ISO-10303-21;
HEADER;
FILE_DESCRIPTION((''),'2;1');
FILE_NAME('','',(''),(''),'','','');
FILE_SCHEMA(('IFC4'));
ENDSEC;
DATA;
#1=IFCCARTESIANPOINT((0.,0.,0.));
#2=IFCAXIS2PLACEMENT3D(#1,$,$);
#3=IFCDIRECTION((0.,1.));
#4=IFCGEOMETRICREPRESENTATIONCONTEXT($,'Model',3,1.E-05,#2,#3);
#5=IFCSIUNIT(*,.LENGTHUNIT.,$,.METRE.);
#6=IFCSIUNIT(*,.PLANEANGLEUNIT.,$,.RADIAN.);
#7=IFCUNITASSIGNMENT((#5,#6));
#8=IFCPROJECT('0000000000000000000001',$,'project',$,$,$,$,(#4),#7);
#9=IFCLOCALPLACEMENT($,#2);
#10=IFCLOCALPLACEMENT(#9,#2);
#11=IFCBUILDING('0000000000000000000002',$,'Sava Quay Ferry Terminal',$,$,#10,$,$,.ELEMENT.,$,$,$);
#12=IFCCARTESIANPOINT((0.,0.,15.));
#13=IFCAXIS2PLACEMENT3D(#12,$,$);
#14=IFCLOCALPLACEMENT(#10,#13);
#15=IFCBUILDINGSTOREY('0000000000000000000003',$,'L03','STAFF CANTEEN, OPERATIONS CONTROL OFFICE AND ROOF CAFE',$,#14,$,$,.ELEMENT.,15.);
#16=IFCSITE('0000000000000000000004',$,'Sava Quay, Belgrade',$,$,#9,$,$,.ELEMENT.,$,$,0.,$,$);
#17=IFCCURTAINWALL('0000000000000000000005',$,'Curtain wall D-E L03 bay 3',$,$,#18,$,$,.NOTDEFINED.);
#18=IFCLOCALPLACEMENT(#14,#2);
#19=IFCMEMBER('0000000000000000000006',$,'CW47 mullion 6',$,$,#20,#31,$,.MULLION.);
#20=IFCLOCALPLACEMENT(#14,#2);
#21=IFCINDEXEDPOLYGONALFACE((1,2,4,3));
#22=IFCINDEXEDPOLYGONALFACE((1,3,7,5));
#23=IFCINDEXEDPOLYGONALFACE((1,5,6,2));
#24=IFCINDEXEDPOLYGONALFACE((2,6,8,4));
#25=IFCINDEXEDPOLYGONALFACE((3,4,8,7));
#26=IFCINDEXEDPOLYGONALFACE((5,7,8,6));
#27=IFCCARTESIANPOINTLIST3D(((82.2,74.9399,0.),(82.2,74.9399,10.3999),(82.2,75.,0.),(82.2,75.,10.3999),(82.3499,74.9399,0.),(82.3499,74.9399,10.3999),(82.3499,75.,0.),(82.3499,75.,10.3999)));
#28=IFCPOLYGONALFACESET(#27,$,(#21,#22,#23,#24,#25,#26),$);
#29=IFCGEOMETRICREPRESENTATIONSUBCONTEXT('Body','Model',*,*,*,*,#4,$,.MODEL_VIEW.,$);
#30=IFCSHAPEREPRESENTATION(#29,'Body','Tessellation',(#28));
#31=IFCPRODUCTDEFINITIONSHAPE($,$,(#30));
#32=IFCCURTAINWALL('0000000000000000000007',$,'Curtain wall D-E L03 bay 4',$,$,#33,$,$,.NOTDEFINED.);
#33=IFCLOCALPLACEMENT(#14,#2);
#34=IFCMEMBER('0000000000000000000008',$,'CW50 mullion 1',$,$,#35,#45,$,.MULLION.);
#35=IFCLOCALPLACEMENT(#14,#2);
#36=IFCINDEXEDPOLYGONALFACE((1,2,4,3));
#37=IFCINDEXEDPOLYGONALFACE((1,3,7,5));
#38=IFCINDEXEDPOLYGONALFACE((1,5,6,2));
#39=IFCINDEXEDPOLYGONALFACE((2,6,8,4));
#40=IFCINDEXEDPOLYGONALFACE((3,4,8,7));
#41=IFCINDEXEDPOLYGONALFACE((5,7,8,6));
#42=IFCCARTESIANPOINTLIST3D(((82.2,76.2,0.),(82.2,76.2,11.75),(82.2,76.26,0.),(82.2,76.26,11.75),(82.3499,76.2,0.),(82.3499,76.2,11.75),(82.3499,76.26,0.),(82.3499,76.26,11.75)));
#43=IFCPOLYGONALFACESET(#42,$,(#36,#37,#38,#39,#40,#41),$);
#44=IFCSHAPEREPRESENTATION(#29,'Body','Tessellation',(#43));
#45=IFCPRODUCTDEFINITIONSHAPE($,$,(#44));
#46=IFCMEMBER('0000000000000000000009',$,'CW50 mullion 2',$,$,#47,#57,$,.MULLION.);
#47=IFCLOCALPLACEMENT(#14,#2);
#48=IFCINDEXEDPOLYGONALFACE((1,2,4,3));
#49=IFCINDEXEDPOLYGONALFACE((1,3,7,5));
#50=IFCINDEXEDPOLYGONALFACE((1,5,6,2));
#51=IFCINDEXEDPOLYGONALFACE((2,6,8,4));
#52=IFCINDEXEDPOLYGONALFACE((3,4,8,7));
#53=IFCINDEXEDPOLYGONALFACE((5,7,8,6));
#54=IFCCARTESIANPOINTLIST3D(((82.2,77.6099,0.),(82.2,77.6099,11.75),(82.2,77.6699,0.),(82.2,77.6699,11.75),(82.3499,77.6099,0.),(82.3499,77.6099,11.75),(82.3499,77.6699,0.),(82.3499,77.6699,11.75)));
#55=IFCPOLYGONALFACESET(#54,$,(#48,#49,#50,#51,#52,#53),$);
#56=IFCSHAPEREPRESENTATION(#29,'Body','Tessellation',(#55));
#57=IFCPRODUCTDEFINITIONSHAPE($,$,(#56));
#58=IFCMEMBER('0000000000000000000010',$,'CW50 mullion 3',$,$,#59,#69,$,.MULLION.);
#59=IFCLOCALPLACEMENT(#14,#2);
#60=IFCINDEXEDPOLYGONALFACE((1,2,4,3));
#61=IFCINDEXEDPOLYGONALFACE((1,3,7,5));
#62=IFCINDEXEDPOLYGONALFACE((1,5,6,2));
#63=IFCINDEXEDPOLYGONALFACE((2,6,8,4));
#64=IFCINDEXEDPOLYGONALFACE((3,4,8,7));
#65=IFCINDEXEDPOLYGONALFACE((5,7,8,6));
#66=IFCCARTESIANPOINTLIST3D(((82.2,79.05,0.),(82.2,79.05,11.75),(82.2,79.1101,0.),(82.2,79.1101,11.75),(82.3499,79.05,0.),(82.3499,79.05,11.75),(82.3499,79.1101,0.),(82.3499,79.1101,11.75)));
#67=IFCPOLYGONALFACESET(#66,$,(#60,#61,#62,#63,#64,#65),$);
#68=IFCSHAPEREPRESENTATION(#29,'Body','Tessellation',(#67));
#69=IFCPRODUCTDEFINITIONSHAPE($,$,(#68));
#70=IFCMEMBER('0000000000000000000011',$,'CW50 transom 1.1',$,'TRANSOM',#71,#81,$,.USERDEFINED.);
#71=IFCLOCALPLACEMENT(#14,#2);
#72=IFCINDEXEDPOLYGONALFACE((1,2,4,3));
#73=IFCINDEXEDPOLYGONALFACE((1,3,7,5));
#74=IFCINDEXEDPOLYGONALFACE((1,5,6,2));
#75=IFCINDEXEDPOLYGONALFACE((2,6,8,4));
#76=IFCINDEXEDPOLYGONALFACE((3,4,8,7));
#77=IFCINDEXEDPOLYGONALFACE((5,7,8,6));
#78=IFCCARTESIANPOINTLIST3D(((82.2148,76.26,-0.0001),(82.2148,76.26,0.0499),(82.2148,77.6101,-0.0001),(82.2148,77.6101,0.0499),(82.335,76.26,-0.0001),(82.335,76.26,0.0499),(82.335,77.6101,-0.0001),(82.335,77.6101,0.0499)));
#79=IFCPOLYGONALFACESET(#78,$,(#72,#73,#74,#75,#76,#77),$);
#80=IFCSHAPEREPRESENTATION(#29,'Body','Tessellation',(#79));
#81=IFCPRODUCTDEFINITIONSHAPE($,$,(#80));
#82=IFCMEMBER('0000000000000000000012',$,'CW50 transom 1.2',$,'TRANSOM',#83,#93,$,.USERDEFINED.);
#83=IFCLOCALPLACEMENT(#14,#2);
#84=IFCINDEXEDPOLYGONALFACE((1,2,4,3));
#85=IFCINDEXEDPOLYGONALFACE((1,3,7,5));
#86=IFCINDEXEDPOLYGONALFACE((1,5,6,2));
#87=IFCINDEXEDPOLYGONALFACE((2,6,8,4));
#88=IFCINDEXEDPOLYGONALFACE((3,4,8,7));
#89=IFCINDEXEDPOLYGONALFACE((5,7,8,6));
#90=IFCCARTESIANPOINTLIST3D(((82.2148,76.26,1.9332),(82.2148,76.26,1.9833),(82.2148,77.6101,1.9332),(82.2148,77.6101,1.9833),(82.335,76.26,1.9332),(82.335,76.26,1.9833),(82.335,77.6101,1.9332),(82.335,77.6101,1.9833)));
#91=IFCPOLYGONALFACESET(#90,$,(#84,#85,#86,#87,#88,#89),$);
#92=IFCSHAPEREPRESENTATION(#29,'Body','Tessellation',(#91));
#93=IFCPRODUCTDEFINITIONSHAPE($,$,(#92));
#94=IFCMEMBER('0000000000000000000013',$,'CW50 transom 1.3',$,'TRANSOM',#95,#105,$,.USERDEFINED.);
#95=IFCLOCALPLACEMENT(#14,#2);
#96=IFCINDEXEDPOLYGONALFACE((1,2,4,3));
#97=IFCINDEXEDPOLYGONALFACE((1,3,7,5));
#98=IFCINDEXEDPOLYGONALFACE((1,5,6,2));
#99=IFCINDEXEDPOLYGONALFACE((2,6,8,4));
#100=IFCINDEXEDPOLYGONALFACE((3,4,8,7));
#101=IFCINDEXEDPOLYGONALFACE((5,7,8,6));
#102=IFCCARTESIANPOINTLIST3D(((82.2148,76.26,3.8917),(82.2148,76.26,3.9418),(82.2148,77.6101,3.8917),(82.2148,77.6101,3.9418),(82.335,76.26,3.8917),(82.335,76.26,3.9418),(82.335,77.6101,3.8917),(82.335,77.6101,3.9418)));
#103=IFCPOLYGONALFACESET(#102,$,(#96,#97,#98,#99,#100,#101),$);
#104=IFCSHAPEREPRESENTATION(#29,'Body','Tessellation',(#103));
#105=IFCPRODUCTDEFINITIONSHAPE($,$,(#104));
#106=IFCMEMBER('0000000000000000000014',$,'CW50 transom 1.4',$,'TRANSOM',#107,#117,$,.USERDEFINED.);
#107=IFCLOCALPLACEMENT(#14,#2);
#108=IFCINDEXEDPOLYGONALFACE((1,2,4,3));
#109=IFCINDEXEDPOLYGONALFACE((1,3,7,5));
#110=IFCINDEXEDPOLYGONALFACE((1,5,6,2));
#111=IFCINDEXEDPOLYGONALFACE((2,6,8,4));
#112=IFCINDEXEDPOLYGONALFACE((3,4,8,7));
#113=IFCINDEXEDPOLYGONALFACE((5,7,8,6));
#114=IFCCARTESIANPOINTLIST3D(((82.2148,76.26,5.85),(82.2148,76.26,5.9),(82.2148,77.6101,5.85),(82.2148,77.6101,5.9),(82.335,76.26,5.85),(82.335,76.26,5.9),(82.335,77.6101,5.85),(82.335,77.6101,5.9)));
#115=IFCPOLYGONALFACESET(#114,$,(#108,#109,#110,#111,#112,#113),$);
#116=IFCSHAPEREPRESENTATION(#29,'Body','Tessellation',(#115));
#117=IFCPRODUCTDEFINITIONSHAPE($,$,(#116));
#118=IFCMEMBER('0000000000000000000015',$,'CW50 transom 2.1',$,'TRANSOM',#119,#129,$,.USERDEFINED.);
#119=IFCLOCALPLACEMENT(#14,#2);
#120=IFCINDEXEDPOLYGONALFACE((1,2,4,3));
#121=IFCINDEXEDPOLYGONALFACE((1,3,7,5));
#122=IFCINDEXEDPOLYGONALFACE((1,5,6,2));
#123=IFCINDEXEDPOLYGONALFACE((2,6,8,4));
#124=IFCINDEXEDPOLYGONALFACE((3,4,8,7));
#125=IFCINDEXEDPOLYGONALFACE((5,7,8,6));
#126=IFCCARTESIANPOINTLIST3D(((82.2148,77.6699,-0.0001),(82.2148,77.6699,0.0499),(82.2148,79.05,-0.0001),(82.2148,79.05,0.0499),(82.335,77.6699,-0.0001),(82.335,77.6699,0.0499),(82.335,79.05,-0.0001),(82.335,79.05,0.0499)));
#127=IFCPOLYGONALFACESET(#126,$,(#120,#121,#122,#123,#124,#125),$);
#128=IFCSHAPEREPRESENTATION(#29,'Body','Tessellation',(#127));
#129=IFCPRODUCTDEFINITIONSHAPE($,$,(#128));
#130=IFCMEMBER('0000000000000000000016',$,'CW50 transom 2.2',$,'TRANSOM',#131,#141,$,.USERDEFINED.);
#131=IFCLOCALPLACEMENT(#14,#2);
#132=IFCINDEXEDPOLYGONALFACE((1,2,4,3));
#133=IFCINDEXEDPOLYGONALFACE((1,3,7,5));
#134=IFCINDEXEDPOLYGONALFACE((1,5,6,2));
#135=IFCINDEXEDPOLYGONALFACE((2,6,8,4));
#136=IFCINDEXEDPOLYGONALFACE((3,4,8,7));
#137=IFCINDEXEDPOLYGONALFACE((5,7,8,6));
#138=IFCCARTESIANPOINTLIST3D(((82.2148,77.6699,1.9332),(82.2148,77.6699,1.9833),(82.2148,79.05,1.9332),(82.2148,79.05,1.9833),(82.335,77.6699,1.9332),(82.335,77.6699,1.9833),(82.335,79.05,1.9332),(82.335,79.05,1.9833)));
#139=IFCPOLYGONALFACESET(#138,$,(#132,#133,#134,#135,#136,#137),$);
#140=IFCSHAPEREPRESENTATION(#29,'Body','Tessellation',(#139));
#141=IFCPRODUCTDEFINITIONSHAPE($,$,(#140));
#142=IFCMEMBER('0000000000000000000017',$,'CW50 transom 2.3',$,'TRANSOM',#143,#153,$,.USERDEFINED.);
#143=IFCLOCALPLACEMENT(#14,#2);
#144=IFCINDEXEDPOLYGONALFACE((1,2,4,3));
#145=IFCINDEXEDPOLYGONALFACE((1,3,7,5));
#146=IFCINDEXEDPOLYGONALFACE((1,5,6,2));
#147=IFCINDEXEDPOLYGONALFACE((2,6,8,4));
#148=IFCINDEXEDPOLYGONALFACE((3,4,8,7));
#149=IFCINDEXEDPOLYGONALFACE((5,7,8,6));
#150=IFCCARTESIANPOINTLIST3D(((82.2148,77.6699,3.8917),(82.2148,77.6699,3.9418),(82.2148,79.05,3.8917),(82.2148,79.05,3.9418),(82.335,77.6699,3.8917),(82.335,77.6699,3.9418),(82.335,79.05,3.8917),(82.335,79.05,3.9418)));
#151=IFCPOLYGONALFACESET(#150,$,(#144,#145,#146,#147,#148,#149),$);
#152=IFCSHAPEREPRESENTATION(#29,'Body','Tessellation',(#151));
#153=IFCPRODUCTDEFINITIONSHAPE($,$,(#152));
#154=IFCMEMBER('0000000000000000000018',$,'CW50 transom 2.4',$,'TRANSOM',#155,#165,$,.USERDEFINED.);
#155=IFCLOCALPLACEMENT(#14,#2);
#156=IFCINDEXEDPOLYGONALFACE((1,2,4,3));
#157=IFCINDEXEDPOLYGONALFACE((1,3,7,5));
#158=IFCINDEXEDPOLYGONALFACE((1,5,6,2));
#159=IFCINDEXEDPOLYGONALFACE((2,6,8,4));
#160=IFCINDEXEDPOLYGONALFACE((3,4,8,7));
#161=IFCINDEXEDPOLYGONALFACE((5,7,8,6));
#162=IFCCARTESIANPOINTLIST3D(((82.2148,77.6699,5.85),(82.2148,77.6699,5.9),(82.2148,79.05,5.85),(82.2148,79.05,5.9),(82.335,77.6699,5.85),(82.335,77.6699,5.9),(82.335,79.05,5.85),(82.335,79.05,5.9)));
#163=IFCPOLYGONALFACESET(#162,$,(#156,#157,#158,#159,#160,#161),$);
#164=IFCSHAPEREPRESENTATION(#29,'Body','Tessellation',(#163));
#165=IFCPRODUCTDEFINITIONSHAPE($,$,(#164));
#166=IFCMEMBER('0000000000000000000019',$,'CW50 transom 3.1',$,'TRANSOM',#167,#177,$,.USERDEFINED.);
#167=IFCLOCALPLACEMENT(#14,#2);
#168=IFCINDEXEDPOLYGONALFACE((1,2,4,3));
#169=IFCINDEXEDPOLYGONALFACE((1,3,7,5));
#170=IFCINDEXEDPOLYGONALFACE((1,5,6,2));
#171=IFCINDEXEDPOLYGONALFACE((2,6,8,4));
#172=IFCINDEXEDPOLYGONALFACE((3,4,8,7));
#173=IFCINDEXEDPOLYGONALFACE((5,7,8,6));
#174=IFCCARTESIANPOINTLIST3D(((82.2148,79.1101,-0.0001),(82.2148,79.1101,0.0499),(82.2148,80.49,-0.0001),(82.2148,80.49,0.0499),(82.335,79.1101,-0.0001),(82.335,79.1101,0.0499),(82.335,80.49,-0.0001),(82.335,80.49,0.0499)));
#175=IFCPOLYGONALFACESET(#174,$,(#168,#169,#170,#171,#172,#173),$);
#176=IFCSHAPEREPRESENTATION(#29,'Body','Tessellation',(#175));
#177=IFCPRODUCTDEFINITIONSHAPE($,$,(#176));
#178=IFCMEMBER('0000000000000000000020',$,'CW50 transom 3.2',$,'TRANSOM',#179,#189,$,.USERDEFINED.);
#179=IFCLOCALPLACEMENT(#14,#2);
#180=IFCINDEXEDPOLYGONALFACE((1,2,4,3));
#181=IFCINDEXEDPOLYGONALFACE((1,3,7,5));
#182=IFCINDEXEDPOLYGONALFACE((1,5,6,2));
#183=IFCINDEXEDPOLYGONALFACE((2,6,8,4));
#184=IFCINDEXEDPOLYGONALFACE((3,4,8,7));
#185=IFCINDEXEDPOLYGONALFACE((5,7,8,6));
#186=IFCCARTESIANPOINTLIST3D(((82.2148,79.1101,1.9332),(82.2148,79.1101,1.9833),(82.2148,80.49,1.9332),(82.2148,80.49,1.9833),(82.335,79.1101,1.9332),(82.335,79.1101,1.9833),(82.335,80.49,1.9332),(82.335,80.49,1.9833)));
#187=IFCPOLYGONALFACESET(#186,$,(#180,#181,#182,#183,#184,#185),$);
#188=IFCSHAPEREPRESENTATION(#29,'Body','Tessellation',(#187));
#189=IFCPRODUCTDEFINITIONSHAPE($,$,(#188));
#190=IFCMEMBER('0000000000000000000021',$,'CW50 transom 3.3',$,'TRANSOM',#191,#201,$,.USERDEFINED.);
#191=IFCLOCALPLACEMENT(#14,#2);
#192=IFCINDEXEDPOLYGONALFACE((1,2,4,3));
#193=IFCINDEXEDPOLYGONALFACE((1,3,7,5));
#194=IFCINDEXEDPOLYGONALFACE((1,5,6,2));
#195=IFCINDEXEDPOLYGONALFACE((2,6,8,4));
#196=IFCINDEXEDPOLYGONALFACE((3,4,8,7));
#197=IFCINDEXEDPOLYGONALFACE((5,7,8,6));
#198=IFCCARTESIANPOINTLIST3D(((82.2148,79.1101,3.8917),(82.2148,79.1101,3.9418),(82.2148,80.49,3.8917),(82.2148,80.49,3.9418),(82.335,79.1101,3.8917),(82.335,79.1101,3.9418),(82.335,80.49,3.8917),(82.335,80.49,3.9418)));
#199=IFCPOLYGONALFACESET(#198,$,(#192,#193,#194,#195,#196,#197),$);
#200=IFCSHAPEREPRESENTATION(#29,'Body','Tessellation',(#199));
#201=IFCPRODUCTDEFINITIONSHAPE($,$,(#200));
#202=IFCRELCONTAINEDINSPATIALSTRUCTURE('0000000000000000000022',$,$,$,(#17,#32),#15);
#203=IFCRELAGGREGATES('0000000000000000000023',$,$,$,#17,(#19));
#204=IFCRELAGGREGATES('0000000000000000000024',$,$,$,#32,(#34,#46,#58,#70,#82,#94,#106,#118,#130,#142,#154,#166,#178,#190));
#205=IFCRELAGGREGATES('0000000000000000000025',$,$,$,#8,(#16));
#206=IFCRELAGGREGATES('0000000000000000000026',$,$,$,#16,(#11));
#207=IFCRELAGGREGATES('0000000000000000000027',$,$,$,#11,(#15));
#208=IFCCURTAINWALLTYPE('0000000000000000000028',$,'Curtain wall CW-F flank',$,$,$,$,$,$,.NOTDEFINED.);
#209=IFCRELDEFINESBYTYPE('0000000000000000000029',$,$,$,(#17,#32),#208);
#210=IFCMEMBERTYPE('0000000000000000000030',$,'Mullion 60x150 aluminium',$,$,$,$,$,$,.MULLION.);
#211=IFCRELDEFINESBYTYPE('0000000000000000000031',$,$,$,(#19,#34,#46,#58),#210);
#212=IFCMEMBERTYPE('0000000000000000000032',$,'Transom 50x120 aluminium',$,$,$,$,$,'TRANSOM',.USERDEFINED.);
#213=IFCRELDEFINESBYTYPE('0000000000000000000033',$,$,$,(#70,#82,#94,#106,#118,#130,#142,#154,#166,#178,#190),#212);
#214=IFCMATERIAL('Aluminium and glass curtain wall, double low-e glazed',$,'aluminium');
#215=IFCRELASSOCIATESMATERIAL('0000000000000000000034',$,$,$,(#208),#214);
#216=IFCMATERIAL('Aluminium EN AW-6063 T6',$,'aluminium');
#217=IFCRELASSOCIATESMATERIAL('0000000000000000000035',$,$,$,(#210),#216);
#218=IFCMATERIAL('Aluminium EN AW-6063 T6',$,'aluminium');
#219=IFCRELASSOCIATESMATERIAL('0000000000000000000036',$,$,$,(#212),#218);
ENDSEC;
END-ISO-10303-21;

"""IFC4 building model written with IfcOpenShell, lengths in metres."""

from ifc_helpers import new_model, si_unit, direction, frame, origin, origin_2d, place, context, subcontext, project, spatial, rectangle, extrude, material, material_profile, profile_set, type_object, element, aggregate, save


model = new_model("IFC4")

# Units and contexts
model_context = context("Model", 3, precision=1e-05, world=origin(), true_north=direction((0.0, 1.0)))
body_context = subcontext(model_context, "Body", "Model", "MODEL_VIEW")
ifc_project = project(units=[si_unit("LENGTHUNIT", "METRE"), si_unit("PLANEANGLEUNIT", "RADIAN")], contexts=[model_context])

# Site, building, storey
site_placement = place(None, origin())
site = spatial("IfcSite", under=ifc_project, at=site_placement, Name="Sava Quay, Belgrade", CompositionType="ELEMENT", RefElevation=0.0)
building_placement = place(site_placement, origin())
building = spatial("IfcBuilding", under=site, at=building_placement, Name="Sava Quay Ferry Terminal", CompositionType="ELEMENT")
storey_placement = place(building_placement, frame((0.0, 0.0, 15.0)))
storey = spatial("IfcBuildingStorey", under=building, at=storey_placement, Name="L03", Description="STAFF CANTEEN, OPERATIONS CONTROL OFFICE AND ROOF CAFE", CompositionType="ELEMENT", Elevation=15.0)

# Curtain wall, member
ifc_material_1 = material(Name="Aluminium and glass curtain wall, double low-e glazed", Category="aluminium")
curtain_wall_type = type_object("IfcCurtainWallType", Name="Curtain wall CW-F flank", PredefinedType="NOTDEFINED", material=ifc_material_1)
curtain_wall_1_placement = place(storey_placement, origin())
curtain_wall_1 = element("IfcCurtainWall", 1, at=curtain_wall_1_placement, inside=storey, type_object=curtain_wall_type, Name="Curtain wall D-E L03 bay 3", PredefinedType="NOTDEFINED")
ifc_material_2 = material(Name="Aluminium EN AW-6063 T6", Category="aluminium")
ifc_material_profile_1 = material_profile(ifc_material_2, rectangle(XDim=0.1499, YDim=0.0601, at=origin_2d()), Name="Mullion 60x150 aluminium")
ifc_profile_set_1 = profile_set([ifc_material_profile_1], Name="Aluminium EN AW-6063 T6")
member_type_1 = type_object("IfcMemberType", Name="Mullion 60x150 aluminium", PredefinedType="MULLION", material=ifc_profile_set_1)
member_1_placement = place(storey_placement, frame((82.2749, 74.97, 0.0), z_axis=(0.0, 0.0, 1.0), x_axis=(-1.0, 0.0, 0.0)))
member_1 = element("IfcMember", 2, at=member_1_placement, type_object=member_type_1, Name="CW47 mullion 6", PredefinedType="MULLION", context=body_context, shape_type="SweptSolid", body=[
    extrude(rectangle(XDim=0.1499, YDim=0.0601, at=origin_2d()), origin(), (0.0, 0.0, 1.0), 10.3999),
])

# Curtain wall, members
curtain_wall_2_placement = place(storey_placement, origin())
curtain_wall_2 = element("IfcCurtainWall", 3, at=curtain_wall_2_placement, inside=storey, type_object=curtain_wall_type, Name="Curtain wall D-E L03 bay 4", PredefinedType="NOTDEFINED")
member_2_placement = place(storey_placement, frame((82.2749, 76.23, 0.0), z_axis=(0.0, 0.0, 1.0), x_axis=(-1.0, 0.0, 0.0)))
member_2 = element("IfcMember", 4, at=member_2_placement, type_object=member_type_1, Name="CW50 mullion 1", PredefinedType="MULLION", context=body_context, shape_type="SweptSolid", body=[
    extrude(rectangle(XDim=0.1499, YDim=0.0601, at=origin_2d()), origin(), (0.0, 0.0, 1.0), 11.75),
])
member_3_placement = place(storey_placement, frame((82.2749, 77.6399, 0.0), z_axis=(0.0, 0.0, 1.0), x_axis=(-1.0, 0.0, 0.0)))
member_3 = element("IfcMember", 5, at=member_3_placement, type_object=member_type_1, Name="CW50 mullion 2", PredefinedType="MULLION", context=body_context, shape_type="SweptSolid", body=[
    extrude(rectangle(XDim=0.1499, YDim=0.0601, at=origin_2d()), origin(), (0.0, 0.0, 1.0), 11.75),
])
member_4_placement = place(storey_placement, frame((82.2749, 79.0801, 0.0), z_axis=(0.0, 0.0, 1.0), x_axis=(-1.0, 0.0, 0.0)))
member_4 = element("IfcMember", 6, at=member_4_placement, type_object=member_type_1, Name="CW50 mullion 3", PredefinedType="MULLION", context=body_context, shape_type="SweptSolid", body=[
    extrude(rectangle(XDim=0.1499, YDim=0.0601, at=origin_2d()), origin(), (0.0, 0.0, 1.0), 11.75),
])
ifc_material_3 = material(Name="Aluminium EN AW-6063 T6", Category="aluminium")
ifc_material_profile_2 = material_profile(ifc_material_3, rectangle(XDim=0.1201, YDim=0.05, at=origin_2d()), Name="Transom 50x120 aluminium")
ifc_profile_set_2 = profile_set([ifc_material_profile_2], Name="Aluminium EN AW-6063 T6")
member_type_2 = type_object("IfcMemberType", Name="Transom 50x120 aluminium", ElementType="TRANSOM", PredefinedType="USERDEFINED", material=ifc_profile_set_2)
member_5_placement = place(storey_placement, frame((82.2749, 76.26, 0.0249), z_axis=(0.0, 1.0, 0.0), x_axis=(-1.0, 0.0, 0.0)))
member_5 = element("IfcMember", 7, at=member_5_placement, type_object=member_type_2, Name="CW50 transom 1.1", ObjectType="TRANSOM", PredefinedType="USERDEFINED", context=body_context, shape_type="SweptSolid", body=[
    extrude(rectangle(XDim=0.1201, YDim=0.05, at=origin_2d()), origin(), (0.0, 0.0, 1.0), 1.3501),
])
member_6_placement = place(storey_placement, frame((82.2749, 76.26, 1.9583), z_axis=(0.0, 1.0, 0.0), x_axis=(-1.0, 0.0, 0.0)))
member_6 = element("IfcMember", 8, at=member_6_placement, type_object=member_type_2, Name="CW50 transom 1.2", ObjectType="TRANSOM", PredefinedType="USERDEFINED", context=body_context, shape_type="SweptSolid", body=[
    extrude(rectangle(XDim=0.1201, YDim=0.05, at=origin_2d()), origin(), (0.0, 0.0, 1.0), 1.3501),
])
member_7_placement = place(storey_placement, frame((82.2749, 76.26, 3.9167), z_axis=(0.0, 1.0, 0.0), x_axis=(-1.0, 0.0, 0.0)))
member_7 = element("IfcMember", 9, at=member_7_placement, type_object=member_type_2, Name="CW50 transom 1.3", ObjectType="TRANSOM", PredefinedType="USERDEFINED", context=body_context, shape_type="SweptSolid", body=[
    extrude(rectangle(XDim=0.1201, YDim=0.05, at=origin_2d()), origin(), (0.0, 0.0, 1.0), 1.3501),
])
member_8_placement = place(storey_placement, frame((82.2749, 76.26, 5.875), z_axis=(0.0, 1.0, 0.0), x_axis=(-1.0, 0.0, 0.0)))
member_8 = element("IfcMember", 10, at=member_8_placement, type_object=member_type_2, Name="CW50 transom 1.4", ObjectType="TRANSOM", PredefinedType="USERDEFINED", context=body_context, shape_type="SweptSolid", body=[
    extrude(rectangle(XDim=0.1201, YDim=0.05, at=origin_2d()), origin(), (0.0, 0.0, 1.0), 1.3501),
])
member_9_placement = place(storey_placement, frame((82.2749, 77.6699, 0.0249), z_axis=(0.0, 1.0, 0.0), x_axis=(-1.0, 0.0, 0.0)))
member_9 = element("IfcMember", 11, at=member_9_placement, type_object=member_type_2, Name="CW50 transom 2.1", ObjectType="TRANSOM", PredefinedType="USERDEFINED", context=body_context, shape_type="SweptSolid", body=[
    extrude(rectangle(XDim=0.1201, YDim=0.05, at=origin_2d()), origin(), (0.0, 0.0, 1.0), 1.3801),
])
member_10_placement = place(storey_placement, frame((82.2749, 77.6699, 1.9583), z_axis=(0.0, 1.0, 0.0), x_axis=(-1.0, 0.0, 0.0)))
member_10 = element("IfcMember", 12, at=member_10_placement, type_object=member_type_2, Name="CW50 transom 2.2", ObjectType="TRANSOM", PredefinedType="USERDEFINED", context=body_context, shape_type="SweptSolid", body=[
    extrude(rectangle(XDim=0.1201, YDim=0.05, at=origin_2d()), origin(), (0.0, 0.0, 1.0), 1.3801),
])
member_11_placement = place(storey_placement, frame((82.2749, 77.6699, 3.9167), z_axis=(0.0, 1.0, 0.0), x_axis=(-1.0, 0.0, 0.0)))
member_11 = element("IfcMember", 13, at=member_11_placement, type_object=member_type_2, Name="CW50 transom 2.3", ObjectType="TRANSOM", PredefinedType="USERDEFINED", context=body_context, shape_type="SweptSolid", body=[
    extrude(rectangle(XDim=0.1201, YDim=0.05, at=origin_2d()), origin(), (0.0, 0.0, 1.0), 1.3801),
])
member_12_placement = place(storey_placement, frame((82.2749, 77.6699, 5.875), z_axis=(0.0, 1.0, 0.0), x_axis=(-1.0, 0.0, 0.0)))
member_12 = element("IfcMember", 14, at=member_12_placement, type_object=member_type_2, Name="CW50 transom 2.4", ObjectType="TRANSOM", PredefinedType="USERDEFINED", context=body_context, shape_type="SweptSolid", body=[
    extrude(rectangle(XDim=0.1201, YDim=0.05, at=origin_2d()), origin(), (0.0, 0.0, 1.0), 1.3801),
])
member_13_placement = place(storey_placement, frame((82.2749, 79.1101, 0.0249), z_axis=(0.0, 1.0, 0.0), x_axis=(-1.0, 0.0, 0.0)))
member_13 = element("IfcMember", 15, at=member_13_placement, type_object=member_type_2, Name="CW50 transom 3.1", ObjectType="TRANSOM", PredefinedType="USERDEFINED", context=body_context, shape_type="SweptSolid", body=[
    extrude(rectangle(XDim=0.1201, YDim=0.05, at=origin_2d()), origin(), (0.0, 0.0, 1.0), 1.3799),
])
member_14_placement = place(storey_placement, frame((82.2749, 79.1101, 1.9583), z_axis=(0.0, 1.0, 0.0), x_axis=(-1.0, 0.0, 0.0)))
member_14 = element("IfcMember", 16, at=member_14_placement, type_object=member_type_2, Name="CW50 transom 3.2", ObjectType="TRANSOM", PredefinedType="USERDEFINED", context=body_context, shape_type="SweptSolid", body=[
    extrude(rectangle(XDim=0.1201, YDim=0.05, at=origin_2d()), origin(), (0.0, 0.0, 1.0), 1.3799),
])
member_15_placement = place(storey_placement, frame((82.2749, 79.1101, 3.9167), z_axis=(0.0, 1.0, 0.0), x_axis=(-1.0, 0.0, 0.0)))
member_15 = element("IfcMember", 17, at=member_15_placement, type_object=member_type_2, Name="CW50 transom 3.3", ObjectType="TRANSOM", PredefinedType="USERDEFINED", context=body_context, shape_type="SweptSolid", body=[
    extrude(rectangle(XDim=0.1201, YDim=0.05, at=origin_2d()), origin(), (0.0, 0.0, 1.0), 1.3799),
])

aggregate(curtain_wall_1, [member_1])
aggregate(curtain_wall_2, [member_2, member_3, member_4, member_5, member_6, member_7, member_8, member_9, member_10, member_11, member_12, member_13, member_14, member_15])

save(model, "model.ifc")
